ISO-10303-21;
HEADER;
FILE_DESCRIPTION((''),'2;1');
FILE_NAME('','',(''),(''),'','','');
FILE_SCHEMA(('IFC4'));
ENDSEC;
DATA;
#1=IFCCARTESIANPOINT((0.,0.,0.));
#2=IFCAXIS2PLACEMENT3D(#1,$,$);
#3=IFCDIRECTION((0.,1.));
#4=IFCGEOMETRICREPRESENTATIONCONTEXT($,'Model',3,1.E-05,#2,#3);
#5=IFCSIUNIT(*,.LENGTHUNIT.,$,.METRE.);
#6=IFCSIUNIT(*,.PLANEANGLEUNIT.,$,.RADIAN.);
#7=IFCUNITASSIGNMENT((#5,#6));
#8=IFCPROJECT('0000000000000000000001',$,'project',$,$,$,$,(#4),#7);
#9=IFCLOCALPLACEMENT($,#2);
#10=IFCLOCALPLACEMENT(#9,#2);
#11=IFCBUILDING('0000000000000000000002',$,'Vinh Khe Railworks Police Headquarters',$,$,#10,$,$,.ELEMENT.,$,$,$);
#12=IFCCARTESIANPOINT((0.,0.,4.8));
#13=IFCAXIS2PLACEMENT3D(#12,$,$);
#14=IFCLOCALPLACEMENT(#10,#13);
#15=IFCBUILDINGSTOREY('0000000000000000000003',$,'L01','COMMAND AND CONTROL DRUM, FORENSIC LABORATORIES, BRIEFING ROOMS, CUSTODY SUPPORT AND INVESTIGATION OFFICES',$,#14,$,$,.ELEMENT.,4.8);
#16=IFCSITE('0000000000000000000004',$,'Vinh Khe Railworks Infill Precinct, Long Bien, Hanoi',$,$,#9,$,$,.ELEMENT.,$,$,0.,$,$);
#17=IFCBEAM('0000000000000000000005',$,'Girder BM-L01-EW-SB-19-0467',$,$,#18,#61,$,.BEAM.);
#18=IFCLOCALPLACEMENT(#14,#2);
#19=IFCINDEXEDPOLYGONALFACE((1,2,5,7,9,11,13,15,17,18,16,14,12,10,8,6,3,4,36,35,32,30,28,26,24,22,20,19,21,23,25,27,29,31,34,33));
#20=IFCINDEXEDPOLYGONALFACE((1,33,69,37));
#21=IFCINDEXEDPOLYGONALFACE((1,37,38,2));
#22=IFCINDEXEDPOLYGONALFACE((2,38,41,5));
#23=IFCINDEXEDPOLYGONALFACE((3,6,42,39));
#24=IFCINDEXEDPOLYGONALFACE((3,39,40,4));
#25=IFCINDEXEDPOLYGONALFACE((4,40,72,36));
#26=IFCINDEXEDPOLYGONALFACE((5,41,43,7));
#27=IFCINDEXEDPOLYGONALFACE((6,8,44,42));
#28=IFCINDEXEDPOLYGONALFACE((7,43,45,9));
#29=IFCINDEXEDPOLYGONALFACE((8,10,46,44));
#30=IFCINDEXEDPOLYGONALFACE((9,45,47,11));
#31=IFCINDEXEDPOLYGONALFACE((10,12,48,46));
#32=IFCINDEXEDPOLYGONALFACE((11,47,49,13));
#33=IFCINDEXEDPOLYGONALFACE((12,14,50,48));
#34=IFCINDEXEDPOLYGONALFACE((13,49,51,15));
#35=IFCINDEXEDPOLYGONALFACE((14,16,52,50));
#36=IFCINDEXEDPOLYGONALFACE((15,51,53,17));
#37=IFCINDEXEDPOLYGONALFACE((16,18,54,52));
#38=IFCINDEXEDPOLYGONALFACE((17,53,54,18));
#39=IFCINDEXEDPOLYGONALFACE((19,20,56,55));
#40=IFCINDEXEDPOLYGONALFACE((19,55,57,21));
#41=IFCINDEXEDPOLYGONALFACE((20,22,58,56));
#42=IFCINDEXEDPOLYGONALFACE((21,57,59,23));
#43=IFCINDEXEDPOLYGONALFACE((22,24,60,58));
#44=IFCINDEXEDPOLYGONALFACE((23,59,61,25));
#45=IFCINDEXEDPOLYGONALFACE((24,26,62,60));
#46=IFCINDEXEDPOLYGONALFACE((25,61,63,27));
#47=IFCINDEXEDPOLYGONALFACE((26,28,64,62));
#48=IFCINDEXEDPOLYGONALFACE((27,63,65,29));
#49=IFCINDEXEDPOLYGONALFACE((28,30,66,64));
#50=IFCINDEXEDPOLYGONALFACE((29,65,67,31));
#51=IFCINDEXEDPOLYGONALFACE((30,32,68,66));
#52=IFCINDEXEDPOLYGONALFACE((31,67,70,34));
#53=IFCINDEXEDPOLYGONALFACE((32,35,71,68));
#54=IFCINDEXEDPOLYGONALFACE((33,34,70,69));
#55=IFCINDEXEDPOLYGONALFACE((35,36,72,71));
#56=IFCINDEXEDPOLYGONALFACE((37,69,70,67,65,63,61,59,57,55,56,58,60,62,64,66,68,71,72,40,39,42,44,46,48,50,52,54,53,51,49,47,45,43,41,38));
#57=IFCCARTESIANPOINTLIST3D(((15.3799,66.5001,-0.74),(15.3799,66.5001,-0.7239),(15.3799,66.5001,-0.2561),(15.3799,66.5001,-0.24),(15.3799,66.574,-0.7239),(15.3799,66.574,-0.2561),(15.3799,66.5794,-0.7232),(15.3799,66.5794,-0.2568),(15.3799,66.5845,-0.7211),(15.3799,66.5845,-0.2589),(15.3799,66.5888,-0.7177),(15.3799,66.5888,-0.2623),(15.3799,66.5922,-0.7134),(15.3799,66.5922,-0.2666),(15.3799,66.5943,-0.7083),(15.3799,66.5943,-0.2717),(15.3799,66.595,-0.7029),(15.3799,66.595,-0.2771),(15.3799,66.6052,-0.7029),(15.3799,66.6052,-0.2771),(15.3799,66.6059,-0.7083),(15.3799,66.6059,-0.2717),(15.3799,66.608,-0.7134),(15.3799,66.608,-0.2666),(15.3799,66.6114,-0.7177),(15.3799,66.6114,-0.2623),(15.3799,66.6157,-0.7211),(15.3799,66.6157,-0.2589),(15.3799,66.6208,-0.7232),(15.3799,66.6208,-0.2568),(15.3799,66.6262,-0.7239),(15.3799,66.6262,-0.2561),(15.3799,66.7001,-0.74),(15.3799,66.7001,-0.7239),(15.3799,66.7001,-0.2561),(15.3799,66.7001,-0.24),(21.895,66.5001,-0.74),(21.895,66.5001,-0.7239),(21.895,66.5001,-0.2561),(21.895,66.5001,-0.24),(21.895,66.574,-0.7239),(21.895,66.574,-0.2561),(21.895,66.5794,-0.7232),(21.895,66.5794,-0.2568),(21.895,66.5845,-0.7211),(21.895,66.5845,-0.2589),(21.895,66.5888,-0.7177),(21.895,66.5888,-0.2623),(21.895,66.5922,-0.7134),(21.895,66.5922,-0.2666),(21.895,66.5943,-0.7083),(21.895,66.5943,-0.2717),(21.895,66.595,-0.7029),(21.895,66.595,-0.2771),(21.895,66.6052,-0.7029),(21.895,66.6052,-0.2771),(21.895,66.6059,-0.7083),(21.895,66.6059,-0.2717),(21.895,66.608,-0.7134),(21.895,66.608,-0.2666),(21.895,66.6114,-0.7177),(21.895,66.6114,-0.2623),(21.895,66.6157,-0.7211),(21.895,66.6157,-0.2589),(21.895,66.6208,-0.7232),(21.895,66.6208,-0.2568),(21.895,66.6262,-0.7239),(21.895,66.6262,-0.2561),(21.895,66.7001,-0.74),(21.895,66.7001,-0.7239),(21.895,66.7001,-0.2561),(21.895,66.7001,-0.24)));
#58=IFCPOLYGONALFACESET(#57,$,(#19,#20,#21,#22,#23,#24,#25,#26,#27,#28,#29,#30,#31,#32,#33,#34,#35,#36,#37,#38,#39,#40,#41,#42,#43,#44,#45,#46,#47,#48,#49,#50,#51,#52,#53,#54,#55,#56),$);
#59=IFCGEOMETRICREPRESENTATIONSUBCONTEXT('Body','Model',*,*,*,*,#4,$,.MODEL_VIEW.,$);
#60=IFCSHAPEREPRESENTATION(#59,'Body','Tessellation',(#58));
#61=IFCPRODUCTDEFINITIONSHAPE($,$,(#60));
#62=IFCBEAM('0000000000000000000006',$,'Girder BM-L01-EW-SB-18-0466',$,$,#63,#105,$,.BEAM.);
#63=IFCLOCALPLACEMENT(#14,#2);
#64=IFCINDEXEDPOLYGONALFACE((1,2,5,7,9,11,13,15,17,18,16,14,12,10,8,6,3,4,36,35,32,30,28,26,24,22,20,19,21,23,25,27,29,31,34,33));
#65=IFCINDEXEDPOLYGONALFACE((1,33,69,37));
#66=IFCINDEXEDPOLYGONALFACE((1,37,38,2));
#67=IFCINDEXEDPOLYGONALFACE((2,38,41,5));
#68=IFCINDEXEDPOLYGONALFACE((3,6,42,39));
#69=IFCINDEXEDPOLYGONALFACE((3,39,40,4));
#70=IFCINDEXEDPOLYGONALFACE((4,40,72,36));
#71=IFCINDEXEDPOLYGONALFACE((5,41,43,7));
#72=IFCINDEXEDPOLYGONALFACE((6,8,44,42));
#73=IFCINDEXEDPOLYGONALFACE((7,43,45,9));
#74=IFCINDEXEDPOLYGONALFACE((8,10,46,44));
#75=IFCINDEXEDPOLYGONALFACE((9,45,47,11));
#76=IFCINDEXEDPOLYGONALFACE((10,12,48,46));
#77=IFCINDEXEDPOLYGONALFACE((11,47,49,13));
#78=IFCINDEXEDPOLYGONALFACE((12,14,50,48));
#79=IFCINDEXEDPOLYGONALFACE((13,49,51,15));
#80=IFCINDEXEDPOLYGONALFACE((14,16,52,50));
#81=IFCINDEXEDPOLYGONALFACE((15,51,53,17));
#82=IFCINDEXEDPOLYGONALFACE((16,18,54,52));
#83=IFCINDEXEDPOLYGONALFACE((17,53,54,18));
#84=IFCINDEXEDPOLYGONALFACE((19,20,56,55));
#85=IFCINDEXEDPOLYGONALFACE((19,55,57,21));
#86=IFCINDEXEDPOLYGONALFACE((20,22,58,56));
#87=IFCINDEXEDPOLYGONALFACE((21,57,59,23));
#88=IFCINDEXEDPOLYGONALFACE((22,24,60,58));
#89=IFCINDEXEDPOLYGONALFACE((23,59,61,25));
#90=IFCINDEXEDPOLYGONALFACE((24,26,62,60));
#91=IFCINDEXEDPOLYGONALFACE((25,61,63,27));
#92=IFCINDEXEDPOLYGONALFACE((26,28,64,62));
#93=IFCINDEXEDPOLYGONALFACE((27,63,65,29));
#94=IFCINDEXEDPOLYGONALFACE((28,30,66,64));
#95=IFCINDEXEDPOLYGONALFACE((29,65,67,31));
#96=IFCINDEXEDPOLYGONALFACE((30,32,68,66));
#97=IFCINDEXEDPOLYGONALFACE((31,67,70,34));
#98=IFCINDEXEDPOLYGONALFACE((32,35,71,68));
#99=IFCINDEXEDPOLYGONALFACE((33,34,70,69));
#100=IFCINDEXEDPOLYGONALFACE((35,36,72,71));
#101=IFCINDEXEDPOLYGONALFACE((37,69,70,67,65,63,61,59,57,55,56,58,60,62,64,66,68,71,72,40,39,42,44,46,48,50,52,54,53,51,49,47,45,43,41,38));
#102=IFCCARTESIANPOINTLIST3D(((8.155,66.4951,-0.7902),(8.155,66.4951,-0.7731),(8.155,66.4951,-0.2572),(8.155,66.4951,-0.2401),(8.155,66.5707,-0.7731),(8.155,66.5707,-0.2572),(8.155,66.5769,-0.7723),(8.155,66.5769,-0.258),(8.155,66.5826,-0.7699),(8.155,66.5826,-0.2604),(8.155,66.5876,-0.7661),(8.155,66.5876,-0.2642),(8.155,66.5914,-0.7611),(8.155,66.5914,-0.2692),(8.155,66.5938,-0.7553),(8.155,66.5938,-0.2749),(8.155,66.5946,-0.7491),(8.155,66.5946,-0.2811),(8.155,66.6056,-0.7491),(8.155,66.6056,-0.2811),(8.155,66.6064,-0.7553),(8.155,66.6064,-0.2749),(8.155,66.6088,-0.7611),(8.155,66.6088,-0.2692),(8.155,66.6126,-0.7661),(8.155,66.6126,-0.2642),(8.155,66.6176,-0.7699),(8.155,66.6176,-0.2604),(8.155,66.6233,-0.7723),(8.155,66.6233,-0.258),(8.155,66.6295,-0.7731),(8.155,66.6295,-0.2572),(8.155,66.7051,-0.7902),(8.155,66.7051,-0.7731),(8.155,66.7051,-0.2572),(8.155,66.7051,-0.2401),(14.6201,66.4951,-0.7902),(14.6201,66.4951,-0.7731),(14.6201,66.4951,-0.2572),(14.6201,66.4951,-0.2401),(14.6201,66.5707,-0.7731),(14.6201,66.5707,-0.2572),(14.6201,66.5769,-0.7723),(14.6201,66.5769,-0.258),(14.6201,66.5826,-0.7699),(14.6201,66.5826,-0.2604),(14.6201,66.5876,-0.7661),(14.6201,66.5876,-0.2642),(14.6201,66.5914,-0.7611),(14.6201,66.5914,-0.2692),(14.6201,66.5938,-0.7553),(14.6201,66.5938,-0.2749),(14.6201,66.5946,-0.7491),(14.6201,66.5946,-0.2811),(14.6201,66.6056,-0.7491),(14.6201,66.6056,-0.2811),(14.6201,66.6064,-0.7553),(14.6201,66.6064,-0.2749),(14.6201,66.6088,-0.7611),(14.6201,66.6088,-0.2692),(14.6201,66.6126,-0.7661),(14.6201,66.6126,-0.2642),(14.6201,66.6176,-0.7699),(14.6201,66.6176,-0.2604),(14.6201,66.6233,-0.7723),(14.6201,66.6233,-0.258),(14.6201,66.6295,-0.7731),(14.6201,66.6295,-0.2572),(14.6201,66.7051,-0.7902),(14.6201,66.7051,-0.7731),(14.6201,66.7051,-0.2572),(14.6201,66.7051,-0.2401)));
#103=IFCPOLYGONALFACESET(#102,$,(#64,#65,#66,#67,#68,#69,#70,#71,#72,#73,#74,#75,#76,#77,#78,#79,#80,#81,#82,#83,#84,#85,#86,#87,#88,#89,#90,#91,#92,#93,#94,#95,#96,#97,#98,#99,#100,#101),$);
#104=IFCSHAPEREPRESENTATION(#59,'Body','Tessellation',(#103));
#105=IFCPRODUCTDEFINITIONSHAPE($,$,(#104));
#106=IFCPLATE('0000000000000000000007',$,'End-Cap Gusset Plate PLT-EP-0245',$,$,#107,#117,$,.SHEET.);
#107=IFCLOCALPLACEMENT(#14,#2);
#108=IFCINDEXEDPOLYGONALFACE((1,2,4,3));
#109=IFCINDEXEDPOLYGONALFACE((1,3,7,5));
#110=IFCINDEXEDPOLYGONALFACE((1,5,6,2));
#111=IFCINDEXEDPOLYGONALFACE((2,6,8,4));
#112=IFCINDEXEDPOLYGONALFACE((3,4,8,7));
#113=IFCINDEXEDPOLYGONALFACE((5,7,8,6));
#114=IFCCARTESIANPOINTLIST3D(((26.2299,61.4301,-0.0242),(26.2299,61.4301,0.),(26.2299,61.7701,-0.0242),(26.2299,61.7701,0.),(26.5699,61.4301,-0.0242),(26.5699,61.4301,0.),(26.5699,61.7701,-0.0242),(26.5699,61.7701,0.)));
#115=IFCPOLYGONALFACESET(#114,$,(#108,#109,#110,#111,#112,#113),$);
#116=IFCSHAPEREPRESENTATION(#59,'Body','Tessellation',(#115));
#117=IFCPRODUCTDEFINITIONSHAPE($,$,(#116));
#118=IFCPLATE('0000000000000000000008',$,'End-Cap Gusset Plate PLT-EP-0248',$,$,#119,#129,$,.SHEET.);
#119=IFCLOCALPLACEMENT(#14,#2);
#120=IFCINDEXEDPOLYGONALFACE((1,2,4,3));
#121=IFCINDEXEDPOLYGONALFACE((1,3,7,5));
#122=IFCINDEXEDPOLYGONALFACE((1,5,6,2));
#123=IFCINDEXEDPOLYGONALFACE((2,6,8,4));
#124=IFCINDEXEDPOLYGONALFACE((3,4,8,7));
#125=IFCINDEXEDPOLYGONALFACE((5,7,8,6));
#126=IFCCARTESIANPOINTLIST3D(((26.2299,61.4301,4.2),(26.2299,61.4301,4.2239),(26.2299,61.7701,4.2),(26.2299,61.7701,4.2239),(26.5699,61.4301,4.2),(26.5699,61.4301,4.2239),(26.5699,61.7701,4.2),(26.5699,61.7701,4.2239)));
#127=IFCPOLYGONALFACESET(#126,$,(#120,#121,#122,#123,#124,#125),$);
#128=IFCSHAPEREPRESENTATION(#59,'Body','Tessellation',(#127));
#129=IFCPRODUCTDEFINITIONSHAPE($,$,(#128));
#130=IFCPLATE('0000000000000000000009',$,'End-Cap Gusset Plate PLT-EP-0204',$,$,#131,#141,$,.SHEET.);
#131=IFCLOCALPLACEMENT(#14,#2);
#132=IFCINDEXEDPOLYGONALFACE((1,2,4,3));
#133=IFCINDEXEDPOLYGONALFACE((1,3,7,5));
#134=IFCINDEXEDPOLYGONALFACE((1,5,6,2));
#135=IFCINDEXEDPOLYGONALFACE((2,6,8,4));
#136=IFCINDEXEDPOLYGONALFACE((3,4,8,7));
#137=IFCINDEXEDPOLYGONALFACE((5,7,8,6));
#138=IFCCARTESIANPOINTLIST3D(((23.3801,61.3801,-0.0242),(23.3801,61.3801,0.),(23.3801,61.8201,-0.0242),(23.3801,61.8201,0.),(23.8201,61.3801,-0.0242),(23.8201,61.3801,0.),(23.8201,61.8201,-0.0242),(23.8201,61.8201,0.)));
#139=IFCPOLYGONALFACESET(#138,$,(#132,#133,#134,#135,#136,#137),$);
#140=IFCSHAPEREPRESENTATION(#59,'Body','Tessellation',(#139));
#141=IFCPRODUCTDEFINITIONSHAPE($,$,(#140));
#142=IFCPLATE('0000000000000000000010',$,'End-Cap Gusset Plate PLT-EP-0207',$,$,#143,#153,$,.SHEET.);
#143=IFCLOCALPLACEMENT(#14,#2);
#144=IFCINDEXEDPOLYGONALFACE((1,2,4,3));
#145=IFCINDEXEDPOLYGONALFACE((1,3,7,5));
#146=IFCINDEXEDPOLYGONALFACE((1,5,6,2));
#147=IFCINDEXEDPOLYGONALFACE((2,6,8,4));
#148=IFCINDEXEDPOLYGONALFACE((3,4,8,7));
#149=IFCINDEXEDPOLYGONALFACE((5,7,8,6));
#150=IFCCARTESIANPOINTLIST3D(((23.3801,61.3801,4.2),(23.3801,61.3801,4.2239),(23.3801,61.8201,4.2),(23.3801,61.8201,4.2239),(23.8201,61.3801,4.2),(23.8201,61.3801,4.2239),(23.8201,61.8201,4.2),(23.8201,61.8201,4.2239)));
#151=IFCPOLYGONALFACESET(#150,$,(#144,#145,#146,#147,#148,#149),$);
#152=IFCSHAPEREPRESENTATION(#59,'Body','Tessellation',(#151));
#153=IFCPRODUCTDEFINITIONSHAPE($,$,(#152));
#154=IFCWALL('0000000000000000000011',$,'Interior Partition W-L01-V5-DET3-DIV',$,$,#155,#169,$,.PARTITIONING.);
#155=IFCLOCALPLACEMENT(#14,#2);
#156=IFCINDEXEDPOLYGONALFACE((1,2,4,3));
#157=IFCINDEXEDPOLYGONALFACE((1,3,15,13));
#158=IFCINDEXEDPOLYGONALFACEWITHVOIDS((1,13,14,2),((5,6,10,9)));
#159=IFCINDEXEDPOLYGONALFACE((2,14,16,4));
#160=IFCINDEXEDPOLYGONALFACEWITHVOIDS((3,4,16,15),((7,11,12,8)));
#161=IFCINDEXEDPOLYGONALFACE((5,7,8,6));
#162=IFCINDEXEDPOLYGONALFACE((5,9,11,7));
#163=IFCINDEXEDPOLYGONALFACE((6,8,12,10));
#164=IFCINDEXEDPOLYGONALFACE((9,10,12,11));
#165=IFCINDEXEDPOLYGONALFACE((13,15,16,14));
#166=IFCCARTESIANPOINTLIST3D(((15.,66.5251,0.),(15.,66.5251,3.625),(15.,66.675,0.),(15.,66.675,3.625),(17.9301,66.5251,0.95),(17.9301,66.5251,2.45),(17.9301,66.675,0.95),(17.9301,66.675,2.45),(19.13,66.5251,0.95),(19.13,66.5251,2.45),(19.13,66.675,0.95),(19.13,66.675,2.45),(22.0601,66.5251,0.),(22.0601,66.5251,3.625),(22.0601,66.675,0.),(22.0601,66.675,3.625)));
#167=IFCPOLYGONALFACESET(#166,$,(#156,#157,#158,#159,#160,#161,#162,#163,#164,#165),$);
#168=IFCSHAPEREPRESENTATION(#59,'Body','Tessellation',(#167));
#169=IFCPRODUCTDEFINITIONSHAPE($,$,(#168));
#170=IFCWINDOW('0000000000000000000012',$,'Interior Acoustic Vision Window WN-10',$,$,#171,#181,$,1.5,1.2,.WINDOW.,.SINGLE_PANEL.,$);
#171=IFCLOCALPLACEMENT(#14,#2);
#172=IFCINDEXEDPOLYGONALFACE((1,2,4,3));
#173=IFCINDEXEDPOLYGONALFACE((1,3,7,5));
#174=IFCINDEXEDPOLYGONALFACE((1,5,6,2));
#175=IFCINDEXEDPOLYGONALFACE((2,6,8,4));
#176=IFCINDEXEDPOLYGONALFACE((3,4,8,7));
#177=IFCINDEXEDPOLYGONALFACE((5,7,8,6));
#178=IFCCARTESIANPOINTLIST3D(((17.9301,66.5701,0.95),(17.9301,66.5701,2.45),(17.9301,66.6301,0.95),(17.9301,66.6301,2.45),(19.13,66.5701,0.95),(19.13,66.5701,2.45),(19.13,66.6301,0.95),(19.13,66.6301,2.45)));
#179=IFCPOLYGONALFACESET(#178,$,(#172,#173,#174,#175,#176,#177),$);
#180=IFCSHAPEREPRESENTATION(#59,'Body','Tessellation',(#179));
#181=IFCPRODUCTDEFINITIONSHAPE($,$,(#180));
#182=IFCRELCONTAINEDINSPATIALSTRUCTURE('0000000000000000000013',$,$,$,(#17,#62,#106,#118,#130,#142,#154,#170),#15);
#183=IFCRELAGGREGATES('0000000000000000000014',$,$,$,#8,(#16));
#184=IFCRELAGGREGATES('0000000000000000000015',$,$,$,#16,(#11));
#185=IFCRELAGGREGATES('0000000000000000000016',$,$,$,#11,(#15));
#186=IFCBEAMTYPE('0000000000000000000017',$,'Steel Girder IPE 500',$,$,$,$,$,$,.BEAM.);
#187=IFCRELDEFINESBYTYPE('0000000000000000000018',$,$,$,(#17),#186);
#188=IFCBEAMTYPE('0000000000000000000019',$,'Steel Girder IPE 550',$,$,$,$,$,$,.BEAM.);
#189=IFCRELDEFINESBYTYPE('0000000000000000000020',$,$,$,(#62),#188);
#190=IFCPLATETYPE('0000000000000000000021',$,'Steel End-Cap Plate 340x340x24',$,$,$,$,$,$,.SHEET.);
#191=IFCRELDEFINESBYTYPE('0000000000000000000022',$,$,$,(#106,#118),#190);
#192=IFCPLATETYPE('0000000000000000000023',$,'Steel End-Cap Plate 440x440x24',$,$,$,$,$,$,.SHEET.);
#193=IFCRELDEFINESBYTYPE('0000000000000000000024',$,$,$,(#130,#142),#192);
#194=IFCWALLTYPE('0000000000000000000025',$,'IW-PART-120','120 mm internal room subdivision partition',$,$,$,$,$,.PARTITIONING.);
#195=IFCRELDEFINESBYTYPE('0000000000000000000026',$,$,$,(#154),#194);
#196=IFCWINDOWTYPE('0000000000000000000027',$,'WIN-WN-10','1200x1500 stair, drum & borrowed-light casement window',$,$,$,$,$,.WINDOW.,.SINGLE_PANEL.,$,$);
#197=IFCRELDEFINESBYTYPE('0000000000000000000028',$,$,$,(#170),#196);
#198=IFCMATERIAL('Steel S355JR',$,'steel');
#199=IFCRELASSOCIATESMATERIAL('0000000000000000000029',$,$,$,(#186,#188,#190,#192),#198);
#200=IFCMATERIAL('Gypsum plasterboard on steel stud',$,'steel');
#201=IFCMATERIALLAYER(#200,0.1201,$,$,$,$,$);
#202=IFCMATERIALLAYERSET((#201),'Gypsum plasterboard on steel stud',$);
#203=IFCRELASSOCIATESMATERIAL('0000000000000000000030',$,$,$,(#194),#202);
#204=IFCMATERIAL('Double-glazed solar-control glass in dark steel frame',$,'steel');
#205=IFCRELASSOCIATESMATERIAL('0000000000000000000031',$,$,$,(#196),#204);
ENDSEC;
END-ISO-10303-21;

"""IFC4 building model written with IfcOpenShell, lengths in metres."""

from ifc_helpers import new_model, si_unit, direction, frame, frame_2d, origin, origin_2d, place, context, subcontext, project, spatial, rectangle, i_section, extrude, material, layer, layer_set, material_profile, profile_set, type_object, element, fill, save


model = new_model("IFC4")

# Units and contexts
model_context = context("Model", 3, precision=1e-05, world=origin(), true_north=direction((0.0, 1.0)))
body_context = subcontext(model_context, "Body", "Model", "MODEL_VIEW")
ifc_project = project(units=[si_unit("LENGTHUNIT", "METRE"), si_unit("PLANEANGLEUNIT", "RADIAN")], contexts=[model_context])

# Site, building, storey
site_placement = place(None, origin())
site = spatial("IfcSite", under=ifc_project, at=site_placement, Name="Vinh Khe Railworks Infill Precinct, Long Bien, Hanoi", CompositionType="ELEMENT", RefElevation=0.0)
building_placement = place(site_placement, origin())
building = spatial("IfcBuilding", under=site, at=building_placement, Name="Vinh Khe Railworks Police Headquarters", CompositionType="ELEMENT")
storey_placement = place(building_placement, frame((0.0, 0.0, 4.8)))
storey = spatial("IfcBuildingStorey", under=building, at=storey_placement, Name="L01", Description="COMMAND AND CONTROL DRUM, FORENSIC LABORATORIES, BRIEFING ROOMS, CUSTODY SUPPORT AND INVESTIGATION OFFICES", CompositionType="ELEMENT", Elevation=4.8)

# Shared definitions
ifc_material_1 = material(Name="Steel S355JR", Category="steel")

# Beams
ifc_material_profile_1 = material_profile(ifc_material_1, i_section(OverallWidth=0.2, OverallDepth=0.5, WebThickness=0.0103, FlangeThickness=0.0161, FilletRadius=0.021, at=origin_2d()), Name="IPE 500")
ifc_profile_set_1 = profile_set([ifc_material_profile_1], Name="Steel S355JR")
beam_type_1 = type_object("IfcBeamType", Name="Steel Girder IPE 500", PredefinedType="BEAM", material=ifc_profile_set_1)
beam_1_placement = place(storey_placement, frame((15.3799, 66.6001, -0.49), z_axis=(1.0, 0.0, 0.0), x_axis=(0.0, 1.0, 0.0)))
element("IfcBeam", 1, at=beam_1_placement, inside=storey, type_object=beam_type_1, Name="Girder BM-L01-EW-SB-19-0467", PredefinedType="BEAM", context=body_context, shape_type="SweptSolid", body=[
    extrude(i_section(OverallWidth=0.2, OverallDepth=0.5, WebThickness=0.0103, FlangeThickness=0.0161, FilletRadius=0.021, at=origin_2d()), origin(), (0.0, 0.0, 1.0), 6.5151),
])
ifc_material_profile_2 = material_profile(ifc_material_1, i_section(OverallWidth=0.21, OverallDepth=0.55, WebThickness=0.011, FlangeThickness=0.0171, FilletRadius=0.0239, at=origin_2d()), Name="IPE 550")
ifc_profile_set_2 = profile_set([ifc_material_profile_2], Name="Steel S355JR")
beam_type_2 = type_object("IfcBeamType", Name="Steel Girder IPE 550", PredefinedType="BEAM", material=ifc_profile_set_2)
beam_2_placement = place(storey_placement, frame((8.155, 66.6001, -0.5151), z_axis=(1.0, 0.0, 0.0), x_axis=(0.0, 1.0, 0.0)))
element("IfcBeam", 2, at=beam_2_placement, inside=storey, type_object=beam_type_2, Name="Girder BM-L01-EW-SB-18-0466", PredefinedType="BEAM", context=body_context, shape_type="SweptSolid", body=[
    extrude(i_section(OverallWidth=0.21, OverallDepth=0.55, WebThickness=0.011, FlangeThickness=0.0171, FilletRadius=0.0239, at=origin_2d()), origin(), (0.0, 0.0, 1.0), 6.4651),
])

# Plates
ifc_material_profile_3 = material_profile(ifc_material_1, rectangle(XDim=0.3401, YDim=0.3401, at=origin_2d()), Name="PL 340x340")
ifc_profile_set_3 = profile_set([ifc_material_profile_3], Name="Steel S355JR")
plate_type_1 = type_object("IfcPlateType", Name="Steel End-Cap Plate 340x340x24", PredefinedType="SHEET", material=ifc_profile_set_3)
plate_1_placement = place(storey_placement, frame((26.3999, 61.6001, 0.0), z_axis=(0.0, 0.0, -1.0), x_axis=(1.0, 0.0, 0.0)))
element("IfcPlate", 3, at=plate_1_placement, inside=storey, type_object=plate_type_1, Name="End-Cap Gusset Plate PLT-EP-0245", PredefinedType="SHEET", context=body_context, shape_type="SweptSolid", body=[
    extrude(rectangle(XDim=0.3401, YDim=0.3401, at=origin_2d()), origin(), (0.0, 0.0, 1.0), 0.0242),
])
plate_2_placement = place(storey_placement, frame((26.3999, 61.6001, 4.2), z_axis=(0.0, 0.0, 1.0), x_axis=(1.0, 0.0, 0.0)))
element("IfcPlate", 4, at=plate_2_placement, inside=storey, type_object=plate_type_1, Name="End-Cap Gusset Plate PLT-EP-0248", PredefinedType="SHEET", context=body_context, shape_type="SweptSolid", body=[
    extrude(rectangle(XDim=0.3401, YDim=0.3401, at=origin_2d()), origin(), (0.0, 0.0, 1.0), 0.0239),
])
ifc_material_profile_4 = material_profile(ifc_material_1, rectangle(XDim=0.4399, YDim=0.4399, at=origin_2d()), Name="PL 440x440")
ifc_profile_set_4 = profile_set([ifc_material_profile_4], Name="Steel S355JR")
plate_type_2 = type_object("IfcPlateType", Name="Steel End-Cap Plate 440x440x24", PredefinedType="SHEET", material=ifc_profile_set_4)
plate_3_placement = place(storey_placement, frame((23.6001, 61.6001, 0.0), z_axis=(0.0, 0.0, -1.0), x_axis=(1.0, 0.0, 0.0)))
element("IfcPlate", 5, at=plate_3_placement, inside=storey, type_object=plate_type_2, Name="End-Cap Gusset Plate PLT-EP-0204", PredefinedType="SHEET", context=body_context, shape_type="SweptSolid", body=[
    extrude(rectangle(XDim=0.4399, YDim=0.4399, at=origin_2d()), origin(), (0.0, 0.0, 1.0), 0.0242),
])
plate_4_placement = place(storey_placement, frame((23.6001, 61.6001, 4.2), z_axis=(0.0, 0.0, 1.0), x_axis=(1.0, 0.0, 0.0)))
element("IfcPlate", 6, at=plate_4_placement, inside=storey, type_object=plate_type_2, Name="End-Cap Gusset Plate PLT-EP-0207", PredefinedType="SHEET", context=body_context, shape_type="SweptSolid", body=[
    extrude(rectangle(XDim=0.4399, YDim=0.4399, at=origin_2d()), origin(), (0.0, 0.0, 1.0), 0.0239),
])

# Wall, opening, window
ifc_material_2 = material(Name="Gypsum plasterboard on steel stud", Category="steel")
ifc_layer_1 = layer(ifc_material_2, 0.1201)
ifc_layer_set_1 = layer_set([ifc_layer_1], Name="Gypsum plasterboard on steel stud")
wall_type_1 = type_object("IfcWallType", Name="IW-PART-120", Description="120 mm internal room subdivision partition", PredefinedType="PARTITIONING", material=ifc_layer_set_1)
wall_1_placement = place(storey_placement, frame((15.0, 66.6001, 0.0), z_axis=(0.0, 0.0, 1.0), x_axis=(1.0, 0.0, 0.0)))
wall_1 = element("IfcWall", 7, at=wall_1_placement, inside=storey, type_object=wall_type_1, Name="Interior Partition W-L01-V5-DET3-DIV", PredefinedType="PARTITIONING", context=body_context, shape_type="SweptSolid", body=[
    extrude(rectangle(XDim=7.0601, YDim=0.1499, at=frame_2d((3.53, 0.0))), origin(), (0.0, 0.0, 1.0), 3.625),
])
opening_1_placement = place(wall_1_placement, frame((2.9299, 0.0, 0.95)))
opening_1 = element("IfcOpeningElement", 8, at=opening_1_placement, cuts=wall_1, PredefinedType="OPENING", context=body_context, shape_type="SweptSolid", body=[
    extrude(rectangle(XDim=1.2, YDim=1.5, at=frame_2d((0.6001, 0.75))), frame((0.0, 0.0898, 0.0), z_axis=(0.0, -1.0, 0.0), x_axis=(1.0, 0.0, 0.0)), (0.0, 0.0, 1.0), 0.1797),
])
ifc_material_3 = material(Name="Double-glazed solar-control glass in dark steel frame", Category="steel")
window_type = type_object("IfcWindowType", Name="WIN-WN-10", Description="1200x1500 stair, drum & borrowed-light casement window", PartitioningType="SINGLE_PANEL", PredefinedType="WINDOW", material=ifc_material_3)
window_placement = place(opening_1_placement, origin())
window = element("IfcWindow", 9, at=window_placement, inside=storey, type_object=window_type, Name="Interior Acoustic Vision Window WN-10", OverallHeight=1.5, OverallWidth=1.2, PartitioningType="SINGLE_PANEL", PredefinedType="WINDOW", context=body_context, shape_type="SweptSolid", body=[
    extrude(rectangle(XDim=1.2, YDim=1.5, at=frame_2d((0.6001, 0.75))), frame((0.0, 0.03, 0.0), z_axis=(0.0, -1.0, 0.0), x_axis=(1.0, 0.0, 0.0)), (0.0, 0.0, 1.0), 0.0601),
])
fill(opening_1, window)

save(model, "model.ifc")
